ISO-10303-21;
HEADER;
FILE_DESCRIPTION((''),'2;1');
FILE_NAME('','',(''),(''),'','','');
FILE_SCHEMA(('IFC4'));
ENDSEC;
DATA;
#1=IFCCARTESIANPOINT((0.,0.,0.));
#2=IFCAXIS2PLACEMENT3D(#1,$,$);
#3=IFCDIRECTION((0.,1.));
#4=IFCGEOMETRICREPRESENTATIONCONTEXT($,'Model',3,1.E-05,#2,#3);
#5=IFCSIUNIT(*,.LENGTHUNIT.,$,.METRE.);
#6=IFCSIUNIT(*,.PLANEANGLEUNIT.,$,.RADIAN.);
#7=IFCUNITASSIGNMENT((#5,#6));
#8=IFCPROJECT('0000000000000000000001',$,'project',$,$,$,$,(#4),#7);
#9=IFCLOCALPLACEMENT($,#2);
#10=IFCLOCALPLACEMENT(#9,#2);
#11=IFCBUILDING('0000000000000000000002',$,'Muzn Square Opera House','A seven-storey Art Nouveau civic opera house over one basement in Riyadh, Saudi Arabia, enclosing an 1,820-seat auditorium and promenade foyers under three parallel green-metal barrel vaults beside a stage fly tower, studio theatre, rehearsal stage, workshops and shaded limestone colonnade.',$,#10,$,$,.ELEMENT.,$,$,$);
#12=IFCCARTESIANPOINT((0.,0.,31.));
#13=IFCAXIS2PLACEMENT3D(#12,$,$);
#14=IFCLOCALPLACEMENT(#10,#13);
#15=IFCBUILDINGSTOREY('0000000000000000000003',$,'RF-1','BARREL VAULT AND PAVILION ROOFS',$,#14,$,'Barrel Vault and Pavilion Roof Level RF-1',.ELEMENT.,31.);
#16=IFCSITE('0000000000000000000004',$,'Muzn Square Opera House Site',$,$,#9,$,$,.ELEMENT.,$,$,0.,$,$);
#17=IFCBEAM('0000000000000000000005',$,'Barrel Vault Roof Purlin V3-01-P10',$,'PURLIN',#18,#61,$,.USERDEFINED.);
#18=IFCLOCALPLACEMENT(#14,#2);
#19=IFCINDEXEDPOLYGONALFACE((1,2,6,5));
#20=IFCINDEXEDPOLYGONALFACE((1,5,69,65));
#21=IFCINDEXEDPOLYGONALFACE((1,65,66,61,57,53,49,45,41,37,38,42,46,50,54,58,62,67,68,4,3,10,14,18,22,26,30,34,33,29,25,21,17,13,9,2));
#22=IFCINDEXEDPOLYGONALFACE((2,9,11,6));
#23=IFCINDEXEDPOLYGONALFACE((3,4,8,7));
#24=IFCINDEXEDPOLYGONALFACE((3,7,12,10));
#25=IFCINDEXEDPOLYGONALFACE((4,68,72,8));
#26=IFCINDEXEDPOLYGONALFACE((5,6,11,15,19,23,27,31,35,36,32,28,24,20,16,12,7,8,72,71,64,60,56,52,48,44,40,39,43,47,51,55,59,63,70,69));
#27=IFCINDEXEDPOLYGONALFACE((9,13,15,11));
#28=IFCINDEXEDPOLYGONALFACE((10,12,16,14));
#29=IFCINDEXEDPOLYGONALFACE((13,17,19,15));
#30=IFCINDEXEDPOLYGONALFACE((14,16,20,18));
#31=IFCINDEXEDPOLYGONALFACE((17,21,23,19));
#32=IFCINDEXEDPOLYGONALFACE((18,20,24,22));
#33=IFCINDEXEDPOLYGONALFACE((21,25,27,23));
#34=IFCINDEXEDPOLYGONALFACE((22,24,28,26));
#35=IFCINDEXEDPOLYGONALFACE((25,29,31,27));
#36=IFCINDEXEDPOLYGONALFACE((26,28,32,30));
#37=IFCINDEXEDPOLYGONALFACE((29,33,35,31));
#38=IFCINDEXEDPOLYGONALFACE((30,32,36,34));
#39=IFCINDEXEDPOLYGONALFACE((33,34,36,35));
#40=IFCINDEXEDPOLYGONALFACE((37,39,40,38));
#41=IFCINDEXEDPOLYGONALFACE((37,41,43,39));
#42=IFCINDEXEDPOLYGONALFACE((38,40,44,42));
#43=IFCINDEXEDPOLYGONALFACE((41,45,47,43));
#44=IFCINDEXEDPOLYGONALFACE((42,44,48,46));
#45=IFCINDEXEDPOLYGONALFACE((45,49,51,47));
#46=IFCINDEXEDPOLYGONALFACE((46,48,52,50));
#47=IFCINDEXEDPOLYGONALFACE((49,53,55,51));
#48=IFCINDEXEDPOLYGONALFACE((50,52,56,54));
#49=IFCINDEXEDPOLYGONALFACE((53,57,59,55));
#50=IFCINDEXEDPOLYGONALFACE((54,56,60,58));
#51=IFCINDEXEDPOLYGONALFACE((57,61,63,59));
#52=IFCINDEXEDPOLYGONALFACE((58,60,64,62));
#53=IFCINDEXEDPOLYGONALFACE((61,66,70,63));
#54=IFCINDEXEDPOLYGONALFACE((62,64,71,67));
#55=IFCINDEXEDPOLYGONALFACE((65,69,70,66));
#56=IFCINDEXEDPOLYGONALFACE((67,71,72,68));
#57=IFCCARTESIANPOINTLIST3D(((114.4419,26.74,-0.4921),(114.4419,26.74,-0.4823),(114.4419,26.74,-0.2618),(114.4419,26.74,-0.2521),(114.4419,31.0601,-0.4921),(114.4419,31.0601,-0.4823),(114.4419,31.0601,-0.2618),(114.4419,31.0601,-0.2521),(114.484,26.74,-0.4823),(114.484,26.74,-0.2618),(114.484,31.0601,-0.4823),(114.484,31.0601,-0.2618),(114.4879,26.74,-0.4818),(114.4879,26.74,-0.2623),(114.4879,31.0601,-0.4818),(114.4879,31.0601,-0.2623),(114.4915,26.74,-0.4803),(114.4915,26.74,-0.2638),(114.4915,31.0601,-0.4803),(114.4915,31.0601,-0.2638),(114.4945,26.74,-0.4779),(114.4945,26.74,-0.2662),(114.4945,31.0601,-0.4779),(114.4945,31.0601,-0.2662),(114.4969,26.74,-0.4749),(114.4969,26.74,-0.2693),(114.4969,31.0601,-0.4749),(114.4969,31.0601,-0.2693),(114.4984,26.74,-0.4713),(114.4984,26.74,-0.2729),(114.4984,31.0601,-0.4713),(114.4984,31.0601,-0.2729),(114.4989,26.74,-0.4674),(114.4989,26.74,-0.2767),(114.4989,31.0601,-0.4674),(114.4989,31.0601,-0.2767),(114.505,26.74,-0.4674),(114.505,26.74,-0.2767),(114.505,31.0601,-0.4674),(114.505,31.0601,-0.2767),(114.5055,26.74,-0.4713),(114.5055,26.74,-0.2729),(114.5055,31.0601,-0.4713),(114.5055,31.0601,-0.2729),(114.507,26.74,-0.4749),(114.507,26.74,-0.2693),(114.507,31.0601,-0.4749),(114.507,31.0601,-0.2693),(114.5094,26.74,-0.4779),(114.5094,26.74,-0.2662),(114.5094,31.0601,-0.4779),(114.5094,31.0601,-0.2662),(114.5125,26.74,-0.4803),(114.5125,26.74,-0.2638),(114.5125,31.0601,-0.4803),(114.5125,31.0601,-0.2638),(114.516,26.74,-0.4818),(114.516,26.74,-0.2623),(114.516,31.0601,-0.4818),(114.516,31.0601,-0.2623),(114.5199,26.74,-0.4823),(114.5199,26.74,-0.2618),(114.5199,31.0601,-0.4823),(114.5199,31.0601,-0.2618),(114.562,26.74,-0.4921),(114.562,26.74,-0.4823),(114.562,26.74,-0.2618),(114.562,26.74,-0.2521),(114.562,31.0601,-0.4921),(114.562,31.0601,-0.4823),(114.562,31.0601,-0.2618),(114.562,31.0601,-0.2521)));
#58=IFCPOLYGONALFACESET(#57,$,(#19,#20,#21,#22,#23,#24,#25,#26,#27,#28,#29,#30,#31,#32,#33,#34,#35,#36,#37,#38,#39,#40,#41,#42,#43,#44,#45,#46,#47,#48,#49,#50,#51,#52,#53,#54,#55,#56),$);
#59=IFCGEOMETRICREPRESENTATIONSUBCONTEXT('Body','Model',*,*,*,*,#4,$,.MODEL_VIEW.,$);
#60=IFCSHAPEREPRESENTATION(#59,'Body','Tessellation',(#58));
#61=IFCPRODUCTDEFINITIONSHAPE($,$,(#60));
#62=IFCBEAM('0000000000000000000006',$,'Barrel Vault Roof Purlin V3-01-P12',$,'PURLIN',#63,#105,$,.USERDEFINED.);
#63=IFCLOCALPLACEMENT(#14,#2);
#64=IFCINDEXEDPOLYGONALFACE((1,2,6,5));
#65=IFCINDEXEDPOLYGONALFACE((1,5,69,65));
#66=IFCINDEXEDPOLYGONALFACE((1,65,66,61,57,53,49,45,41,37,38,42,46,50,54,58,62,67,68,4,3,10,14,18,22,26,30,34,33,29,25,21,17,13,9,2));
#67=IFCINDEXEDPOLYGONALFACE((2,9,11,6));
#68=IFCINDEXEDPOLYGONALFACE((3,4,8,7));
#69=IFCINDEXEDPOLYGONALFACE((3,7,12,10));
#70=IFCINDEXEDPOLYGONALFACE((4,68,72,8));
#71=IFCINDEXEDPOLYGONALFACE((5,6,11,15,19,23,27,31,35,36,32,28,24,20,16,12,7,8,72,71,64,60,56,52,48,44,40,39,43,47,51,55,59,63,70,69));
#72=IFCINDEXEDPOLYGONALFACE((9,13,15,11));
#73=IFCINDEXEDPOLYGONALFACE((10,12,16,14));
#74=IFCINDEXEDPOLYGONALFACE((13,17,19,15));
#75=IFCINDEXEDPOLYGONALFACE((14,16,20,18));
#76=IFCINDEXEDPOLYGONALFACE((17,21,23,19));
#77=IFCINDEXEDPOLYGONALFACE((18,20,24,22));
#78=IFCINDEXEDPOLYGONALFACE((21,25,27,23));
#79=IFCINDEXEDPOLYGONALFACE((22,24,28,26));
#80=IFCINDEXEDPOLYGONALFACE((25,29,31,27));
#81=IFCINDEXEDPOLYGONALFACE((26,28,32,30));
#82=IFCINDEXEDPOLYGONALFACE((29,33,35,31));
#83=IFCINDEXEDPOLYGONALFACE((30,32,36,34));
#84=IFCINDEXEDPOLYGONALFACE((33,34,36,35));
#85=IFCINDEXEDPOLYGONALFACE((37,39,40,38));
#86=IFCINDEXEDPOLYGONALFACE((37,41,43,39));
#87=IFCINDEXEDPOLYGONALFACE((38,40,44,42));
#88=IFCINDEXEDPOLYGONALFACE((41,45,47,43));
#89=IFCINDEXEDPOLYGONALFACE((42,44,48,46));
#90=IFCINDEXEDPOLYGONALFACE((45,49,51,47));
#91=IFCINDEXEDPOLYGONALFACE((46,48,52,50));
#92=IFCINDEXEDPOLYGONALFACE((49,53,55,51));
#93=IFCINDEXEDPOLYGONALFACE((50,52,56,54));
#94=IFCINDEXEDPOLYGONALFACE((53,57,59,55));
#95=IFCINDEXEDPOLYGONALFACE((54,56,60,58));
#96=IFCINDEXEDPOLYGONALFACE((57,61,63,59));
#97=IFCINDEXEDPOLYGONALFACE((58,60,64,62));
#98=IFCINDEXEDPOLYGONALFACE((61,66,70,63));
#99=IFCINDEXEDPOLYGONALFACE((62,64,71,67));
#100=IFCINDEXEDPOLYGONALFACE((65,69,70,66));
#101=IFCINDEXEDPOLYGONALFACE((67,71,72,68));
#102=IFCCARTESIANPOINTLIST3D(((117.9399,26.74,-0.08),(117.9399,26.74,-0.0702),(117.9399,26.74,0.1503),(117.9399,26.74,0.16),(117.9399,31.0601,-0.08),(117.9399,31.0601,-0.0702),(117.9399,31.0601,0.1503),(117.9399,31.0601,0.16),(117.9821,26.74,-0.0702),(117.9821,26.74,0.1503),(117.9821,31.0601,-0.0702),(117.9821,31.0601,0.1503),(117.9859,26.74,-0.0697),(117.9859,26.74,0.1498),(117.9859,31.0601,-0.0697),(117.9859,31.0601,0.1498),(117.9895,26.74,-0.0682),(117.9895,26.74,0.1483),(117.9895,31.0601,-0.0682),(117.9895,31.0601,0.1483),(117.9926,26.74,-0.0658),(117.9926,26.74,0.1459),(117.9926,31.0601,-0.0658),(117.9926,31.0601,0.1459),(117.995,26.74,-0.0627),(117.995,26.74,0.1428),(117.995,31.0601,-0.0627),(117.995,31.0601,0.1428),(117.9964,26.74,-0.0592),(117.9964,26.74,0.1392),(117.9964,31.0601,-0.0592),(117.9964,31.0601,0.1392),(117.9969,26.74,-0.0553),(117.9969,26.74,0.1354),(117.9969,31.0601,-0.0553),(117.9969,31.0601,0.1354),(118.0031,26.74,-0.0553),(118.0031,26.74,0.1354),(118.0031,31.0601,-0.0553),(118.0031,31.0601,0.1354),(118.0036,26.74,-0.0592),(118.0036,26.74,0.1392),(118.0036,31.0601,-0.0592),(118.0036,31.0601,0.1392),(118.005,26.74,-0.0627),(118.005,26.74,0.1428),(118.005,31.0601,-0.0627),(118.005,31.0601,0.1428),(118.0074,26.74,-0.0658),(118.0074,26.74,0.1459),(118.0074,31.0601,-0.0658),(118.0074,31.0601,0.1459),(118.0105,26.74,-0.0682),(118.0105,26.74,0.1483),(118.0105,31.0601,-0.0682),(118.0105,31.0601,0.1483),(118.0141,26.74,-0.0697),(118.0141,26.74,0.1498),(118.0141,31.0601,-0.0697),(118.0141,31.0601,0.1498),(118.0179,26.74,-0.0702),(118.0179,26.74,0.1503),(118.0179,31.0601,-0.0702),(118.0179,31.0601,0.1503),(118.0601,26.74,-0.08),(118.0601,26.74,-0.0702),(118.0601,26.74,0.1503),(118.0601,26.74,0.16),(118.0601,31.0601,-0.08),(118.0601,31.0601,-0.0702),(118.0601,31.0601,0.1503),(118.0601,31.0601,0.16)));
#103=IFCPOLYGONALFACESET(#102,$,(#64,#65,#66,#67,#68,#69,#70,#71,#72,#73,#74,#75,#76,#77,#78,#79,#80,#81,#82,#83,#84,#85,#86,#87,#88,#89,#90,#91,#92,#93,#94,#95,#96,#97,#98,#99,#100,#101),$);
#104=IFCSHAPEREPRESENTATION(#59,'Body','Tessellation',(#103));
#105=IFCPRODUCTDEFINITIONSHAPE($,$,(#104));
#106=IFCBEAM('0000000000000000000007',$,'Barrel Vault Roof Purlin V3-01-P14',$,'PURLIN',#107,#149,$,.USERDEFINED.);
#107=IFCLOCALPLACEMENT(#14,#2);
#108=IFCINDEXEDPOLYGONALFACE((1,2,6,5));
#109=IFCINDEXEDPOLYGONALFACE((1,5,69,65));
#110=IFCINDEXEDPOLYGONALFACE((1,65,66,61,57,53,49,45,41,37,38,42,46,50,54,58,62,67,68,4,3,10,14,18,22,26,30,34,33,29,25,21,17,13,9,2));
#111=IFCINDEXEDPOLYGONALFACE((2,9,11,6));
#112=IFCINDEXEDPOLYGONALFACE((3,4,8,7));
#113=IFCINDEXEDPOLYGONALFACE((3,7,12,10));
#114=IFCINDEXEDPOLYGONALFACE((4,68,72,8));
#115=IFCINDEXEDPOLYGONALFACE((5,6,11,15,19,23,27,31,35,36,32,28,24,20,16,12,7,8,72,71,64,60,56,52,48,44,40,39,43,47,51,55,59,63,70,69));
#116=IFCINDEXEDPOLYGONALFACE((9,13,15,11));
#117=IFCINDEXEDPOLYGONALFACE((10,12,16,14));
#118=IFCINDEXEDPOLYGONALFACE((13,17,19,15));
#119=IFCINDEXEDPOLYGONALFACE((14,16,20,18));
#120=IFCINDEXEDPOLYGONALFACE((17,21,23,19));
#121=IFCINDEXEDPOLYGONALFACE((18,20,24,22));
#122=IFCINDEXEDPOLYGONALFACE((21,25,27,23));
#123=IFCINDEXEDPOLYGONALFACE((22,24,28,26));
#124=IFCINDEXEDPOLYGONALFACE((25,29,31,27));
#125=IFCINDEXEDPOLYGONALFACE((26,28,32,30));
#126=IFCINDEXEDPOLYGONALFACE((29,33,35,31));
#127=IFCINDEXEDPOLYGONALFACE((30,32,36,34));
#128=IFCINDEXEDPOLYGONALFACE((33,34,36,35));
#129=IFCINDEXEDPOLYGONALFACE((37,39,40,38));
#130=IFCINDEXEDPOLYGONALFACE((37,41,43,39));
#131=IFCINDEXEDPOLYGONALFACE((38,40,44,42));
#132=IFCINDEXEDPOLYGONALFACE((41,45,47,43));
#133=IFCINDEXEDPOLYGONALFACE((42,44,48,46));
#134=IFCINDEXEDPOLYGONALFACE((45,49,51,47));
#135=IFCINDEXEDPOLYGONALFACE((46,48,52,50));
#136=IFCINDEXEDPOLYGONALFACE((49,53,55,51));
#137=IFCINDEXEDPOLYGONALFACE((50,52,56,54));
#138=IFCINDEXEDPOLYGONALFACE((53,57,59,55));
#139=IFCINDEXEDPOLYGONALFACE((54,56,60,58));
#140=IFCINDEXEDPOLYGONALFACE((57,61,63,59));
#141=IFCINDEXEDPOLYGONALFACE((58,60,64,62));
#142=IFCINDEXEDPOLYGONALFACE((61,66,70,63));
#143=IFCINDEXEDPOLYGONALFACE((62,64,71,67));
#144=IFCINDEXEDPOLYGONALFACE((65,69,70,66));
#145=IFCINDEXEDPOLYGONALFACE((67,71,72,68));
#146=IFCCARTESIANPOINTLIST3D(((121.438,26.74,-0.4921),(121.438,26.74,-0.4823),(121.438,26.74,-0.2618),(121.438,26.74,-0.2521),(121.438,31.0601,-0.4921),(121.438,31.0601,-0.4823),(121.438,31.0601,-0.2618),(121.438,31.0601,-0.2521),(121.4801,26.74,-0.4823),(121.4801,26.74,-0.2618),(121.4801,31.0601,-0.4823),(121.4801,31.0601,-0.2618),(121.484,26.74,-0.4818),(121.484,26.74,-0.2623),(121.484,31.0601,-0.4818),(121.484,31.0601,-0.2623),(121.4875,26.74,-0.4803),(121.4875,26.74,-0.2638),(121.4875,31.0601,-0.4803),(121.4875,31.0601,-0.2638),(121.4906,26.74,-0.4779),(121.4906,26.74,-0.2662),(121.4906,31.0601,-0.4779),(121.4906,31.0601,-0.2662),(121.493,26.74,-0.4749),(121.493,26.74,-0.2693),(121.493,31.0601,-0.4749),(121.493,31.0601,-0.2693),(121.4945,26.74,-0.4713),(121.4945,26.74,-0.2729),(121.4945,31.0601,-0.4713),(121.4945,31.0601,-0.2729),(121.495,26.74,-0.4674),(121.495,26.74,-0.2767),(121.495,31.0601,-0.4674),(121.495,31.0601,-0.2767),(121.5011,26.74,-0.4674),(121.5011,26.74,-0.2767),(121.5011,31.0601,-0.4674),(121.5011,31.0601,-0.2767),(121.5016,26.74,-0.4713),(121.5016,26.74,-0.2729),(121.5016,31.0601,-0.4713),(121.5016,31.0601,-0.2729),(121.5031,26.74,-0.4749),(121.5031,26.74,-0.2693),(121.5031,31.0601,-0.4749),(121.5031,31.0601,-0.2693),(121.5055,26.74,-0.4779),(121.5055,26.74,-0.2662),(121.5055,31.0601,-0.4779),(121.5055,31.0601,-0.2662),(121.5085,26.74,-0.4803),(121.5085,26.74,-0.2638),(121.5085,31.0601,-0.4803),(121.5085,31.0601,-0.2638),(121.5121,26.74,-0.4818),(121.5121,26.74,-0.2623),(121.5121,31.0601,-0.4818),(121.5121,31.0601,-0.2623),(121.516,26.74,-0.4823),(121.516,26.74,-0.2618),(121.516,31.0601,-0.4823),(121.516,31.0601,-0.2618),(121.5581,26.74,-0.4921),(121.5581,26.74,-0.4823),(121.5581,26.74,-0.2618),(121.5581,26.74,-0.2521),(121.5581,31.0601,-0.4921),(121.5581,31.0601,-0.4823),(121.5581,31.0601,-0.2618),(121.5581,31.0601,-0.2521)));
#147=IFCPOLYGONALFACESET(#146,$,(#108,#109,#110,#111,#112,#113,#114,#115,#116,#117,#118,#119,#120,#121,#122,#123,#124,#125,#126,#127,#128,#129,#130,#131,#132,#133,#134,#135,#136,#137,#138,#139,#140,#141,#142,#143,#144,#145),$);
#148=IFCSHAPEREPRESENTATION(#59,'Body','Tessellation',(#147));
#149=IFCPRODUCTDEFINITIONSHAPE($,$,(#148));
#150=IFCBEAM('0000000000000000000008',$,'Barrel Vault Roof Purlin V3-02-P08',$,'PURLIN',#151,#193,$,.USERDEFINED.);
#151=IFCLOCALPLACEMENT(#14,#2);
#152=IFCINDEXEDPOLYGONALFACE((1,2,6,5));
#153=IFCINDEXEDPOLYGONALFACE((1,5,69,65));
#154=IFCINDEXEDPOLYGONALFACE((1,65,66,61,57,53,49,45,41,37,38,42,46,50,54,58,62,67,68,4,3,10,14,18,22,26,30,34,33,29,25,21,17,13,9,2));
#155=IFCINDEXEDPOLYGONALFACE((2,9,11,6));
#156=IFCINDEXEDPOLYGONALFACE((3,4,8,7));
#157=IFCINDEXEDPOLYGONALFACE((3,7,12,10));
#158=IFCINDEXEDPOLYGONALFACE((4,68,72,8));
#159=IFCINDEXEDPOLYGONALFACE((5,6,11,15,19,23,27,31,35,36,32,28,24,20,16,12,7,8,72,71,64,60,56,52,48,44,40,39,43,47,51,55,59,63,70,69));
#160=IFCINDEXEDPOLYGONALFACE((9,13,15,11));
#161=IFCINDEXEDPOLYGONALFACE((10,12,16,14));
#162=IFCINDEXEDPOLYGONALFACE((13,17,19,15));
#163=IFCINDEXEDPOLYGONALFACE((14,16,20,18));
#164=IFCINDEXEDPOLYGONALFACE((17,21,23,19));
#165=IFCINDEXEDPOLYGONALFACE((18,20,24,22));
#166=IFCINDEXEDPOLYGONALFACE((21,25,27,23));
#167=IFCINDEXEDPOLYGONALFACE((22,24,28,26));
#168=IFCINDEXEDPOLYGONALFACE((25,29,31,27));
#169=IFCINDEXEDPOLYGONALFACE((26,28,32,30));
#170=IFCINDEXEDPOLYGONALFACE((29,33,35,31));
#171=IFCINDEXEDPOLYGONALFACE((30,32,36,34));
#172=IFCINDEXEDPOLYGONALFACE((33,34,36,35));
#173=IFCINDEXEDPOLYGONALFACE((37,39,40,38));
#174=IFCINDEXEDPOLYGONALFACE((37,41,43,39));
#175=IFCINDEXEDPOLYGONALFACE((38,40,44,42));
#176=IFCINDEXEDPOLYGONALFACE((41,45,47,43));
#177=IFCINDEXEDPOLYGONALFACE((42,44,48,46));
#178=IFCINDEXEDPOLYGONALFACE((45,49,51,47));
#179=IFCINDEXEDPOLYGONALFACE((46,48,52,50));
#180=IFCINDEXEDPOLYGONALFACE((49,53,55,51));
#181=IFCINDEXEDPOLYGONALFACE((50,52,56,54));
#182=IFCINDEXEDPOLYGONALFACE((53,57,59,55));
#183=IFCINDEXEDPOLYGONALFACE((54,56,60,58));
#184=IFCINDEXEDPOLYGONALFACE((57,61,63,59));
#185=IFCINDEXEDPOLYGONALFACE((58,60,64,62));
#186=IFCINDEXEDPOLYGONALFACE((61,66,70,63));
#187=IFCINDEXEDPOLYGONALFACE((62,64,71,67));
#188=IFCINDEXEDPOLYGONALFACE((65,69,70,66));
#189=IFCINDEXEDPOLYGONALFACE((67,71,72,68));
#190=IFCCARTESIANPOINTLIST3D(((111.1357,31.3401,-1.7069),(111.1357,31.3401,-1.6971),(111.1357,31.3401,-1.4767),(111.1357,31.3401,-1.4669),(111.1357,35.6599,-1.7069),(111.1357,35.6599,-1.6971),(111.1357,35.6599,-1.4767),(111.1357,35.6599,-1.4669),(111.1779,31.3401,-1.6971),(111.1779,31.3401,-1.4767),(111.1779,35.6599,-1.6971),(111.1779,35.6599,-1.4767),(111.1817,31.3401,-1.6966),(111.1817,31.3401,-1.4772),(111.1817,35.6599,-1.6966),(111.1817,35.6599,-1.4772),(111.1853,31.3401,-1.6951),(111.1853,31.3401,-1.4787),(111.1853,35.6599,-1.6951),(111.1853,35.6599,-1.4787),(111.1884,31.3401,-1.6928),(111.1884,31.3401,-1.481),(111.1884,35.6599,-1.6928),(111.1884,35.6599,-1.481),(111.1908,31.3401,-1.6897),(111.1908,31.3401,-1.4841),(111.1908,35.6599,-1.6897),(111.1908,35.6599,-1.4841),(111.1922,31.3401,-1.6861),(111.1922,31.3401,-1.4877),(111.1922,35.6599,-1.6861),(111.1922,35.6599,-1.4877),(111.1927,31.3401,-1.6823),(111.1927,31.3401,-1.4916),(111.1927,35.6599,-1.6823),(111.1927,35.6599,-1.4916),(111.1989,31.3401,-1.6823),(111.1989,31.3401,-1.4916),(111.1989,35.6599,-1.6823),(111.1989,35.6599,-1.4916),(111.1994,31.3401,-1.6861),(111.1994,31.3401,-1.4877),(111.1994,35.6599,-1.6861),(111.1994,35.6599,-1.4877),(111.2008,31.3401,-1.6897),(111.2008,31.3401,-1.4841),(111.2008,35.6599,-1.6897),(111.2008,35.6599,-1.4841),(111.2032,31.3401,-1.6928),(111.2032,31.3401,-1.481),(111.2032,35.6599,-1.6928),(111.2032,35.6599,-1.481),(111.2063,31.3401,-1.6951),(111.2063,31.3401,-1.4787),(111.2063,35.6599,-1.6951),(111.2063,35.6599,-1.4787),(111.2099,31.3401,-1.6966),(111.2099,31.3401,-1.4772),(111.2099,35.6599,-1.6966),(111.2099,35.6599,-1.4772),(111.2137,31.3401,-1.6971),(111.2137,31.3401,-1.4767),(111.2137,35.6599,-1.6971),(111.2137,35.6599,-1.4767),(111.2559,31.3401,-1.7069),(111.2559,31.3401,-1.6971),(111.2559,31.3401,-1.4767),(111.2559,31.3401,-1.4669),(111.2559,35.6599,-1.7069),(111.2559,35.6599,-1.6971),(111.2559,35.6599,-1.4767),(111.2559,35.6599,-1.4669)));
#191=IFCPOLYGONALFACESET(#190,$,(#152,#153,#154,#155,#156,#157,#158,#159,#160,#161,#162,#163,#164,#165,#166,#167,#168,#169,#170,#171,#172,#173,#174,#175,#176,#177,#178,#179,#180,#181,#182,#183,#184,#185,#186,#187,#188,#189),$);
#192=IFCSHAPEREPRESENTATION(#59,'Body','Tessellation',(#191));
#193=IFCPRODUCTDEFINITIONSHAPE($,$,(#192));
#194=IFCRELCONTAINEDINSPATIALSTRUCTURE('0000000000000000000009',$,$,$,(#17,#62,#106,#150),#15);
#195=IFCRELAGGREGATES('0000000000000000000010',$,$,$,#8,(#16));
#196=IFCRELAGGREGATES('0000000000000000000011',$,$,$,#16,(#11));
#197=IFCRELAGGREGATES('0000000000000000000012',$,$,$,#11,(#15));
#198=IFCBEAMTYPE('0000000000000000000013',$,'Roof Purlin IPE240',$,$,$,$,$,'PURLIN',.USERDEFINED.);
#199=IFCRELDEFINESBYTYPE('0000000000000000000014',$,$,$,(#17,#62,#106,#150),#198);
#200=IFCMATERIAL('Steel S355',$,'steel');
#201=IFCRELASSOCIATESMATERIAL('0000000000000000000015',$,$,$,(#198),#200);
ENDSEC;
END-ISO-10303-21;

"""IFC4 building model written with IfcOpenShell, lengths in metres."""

from ifc_helpers import new_model, si_unit, direction, frame, origin, origin_2d, place, context, subcontext, project, spatial, i_section, extrude, material, material_profile, profile_set, type_object, element, save


model = new_model("IFC4")

# Units and contexts
model_context = context("Model", 3, precision=1e-05, world=origin(), true_north=direction((0.0, 1.0)))
body_context = subcontext(model_context, "Body", "Model", "MODEL_VIEW")
ifc_project = project(units=[si_unit("LENGTHUNIT", "METRE"), si_unit("PLANEANGLEUNIT", "RADIAN")], contexts=[model_context])

# Site, building, storey
site_placement = place(None, origin())
site = spatial("IfcSite", under=ifc_project, at=site_placement, Name="Muzn Square Opera House Site", CompositionType="ELEMENT", RefElevation=0.0)
building_placement = place(site_placement, origin())
building = spatial("IfcBuilding", under=site, at=building_placement, Name="Muzn Square Opera House", Description="A seven-storey Art Nouveau civic opera house over one basement in Riyadh, Saudi Arabia, enclosing an 1,820-seat auditorium and promenade foyers under three parallel green-metal barrel vaults beside a stage fly tower, studio theatre, rehearsal stage, workshops and shaded limestone colonnade.", CompositionType="ELEMENT")
storey_placement = place(building_placement, frame((0.0, 0.0, 31.0)))
storey = spatial("IfcBuildingStorey", under=building, at=storey_placement, Name="RF-1", Description="BARREL VAULT AND PAVILION ROOFS", LongName="Barrel Vault and Pavilion Roof Level RF-1", CompositionType="ELEMENT", Elevation=31.0)

# Beams
ifc_material_1 = material(Name="Steel S355", Category="steel")
ifc_material_profile_1 = material_profile(ifc_material_1, i_section(OverallWidth=0.1201, OverallDepth=0.24, WebThickness=0.0061, FlangeThickness=0.0098, FilletRadius=0.0149, at=origin_2d()), Name="IPE 240", Category="steel")
ifc_profile_set_1 = profile_set([ifc_material_profile_1], Name="Steel S355")
beam_type_1 = type_object("IfcBeamType", Name="Roof Purlin IPE240", ElementType="PURLIN", PredefinedType="USERDEFINED", material=ifc_profile_set_1)
for number, where, z_axis, x_axis, name in (
    (1, (114.502, 26.74, -0.3721), (0.0, 1.0, 0.0), (-1.0, 0.0, 0.0), "Barrel Vault Roof Purlin V3-01-P10"),
    (2, (118.0, 26.74, 0.04), (0.0, 1.0, 0.0), (-1.0, 0.0, 0.0), "Barrel Vault Roof Purlin V3-01-P12"),
    (3, (121.498, 26.74, -0.3721), (0.0, 1.0, 0.0), (-1.0, 0.0, 0.0), "Barrel Vault Roof Purlin V3-01-P14"),
):
    element("IfcBeam", number, at=place(storey_placement, frame(where, z_axis=z_axis, x_axis=x_axis)), inside=storey, type_object=beam_type_1, Name=name, ObjectType="PURLIN", PredefinedType="USERDEFINED", context=body_context, shape_type="SweptSolid", body=[
        extrude(i_section(OverallWidth=0.1201, OverallDepth=0.24, WebThickness=0.0061, FlangeThickness=0.0098, FilletRadius=0.0149, at=origin_2d()), origin(), (0.0, 0.0, 1.0), 4.3201),
    ])
for number, where, z_axis, x_axis, name in (
    (4, (111.1958, 31.3401, -1.5869), (0.0, 1.0, 0.0), (-1.0, 0.0, 0.0), "Barrel Vault Roof Purlin V3-02-P08"),
):
    element("IfcBeam", number, at=place(storey_placement, frame(where, z_axis=z_axis, x_axis=x_axis)), inside=storey, type_object=beam_type_1, Name=name, ObjectType="PURLIN", PredefinedType="USERDEFINED", context=body_context, shape_type="SweptSolid", body=[
        extrude(i_section(OverallWidth=0.1201, OverallDepth=0.24, WebThickness=0.0061, FlangeThickness=0.0098, FilletRadius=0.0149, at=origin_2d()), origin(), (0.0, 0.0, 1.0), 4.3198),
    ])

save(model, "model.ifc")
